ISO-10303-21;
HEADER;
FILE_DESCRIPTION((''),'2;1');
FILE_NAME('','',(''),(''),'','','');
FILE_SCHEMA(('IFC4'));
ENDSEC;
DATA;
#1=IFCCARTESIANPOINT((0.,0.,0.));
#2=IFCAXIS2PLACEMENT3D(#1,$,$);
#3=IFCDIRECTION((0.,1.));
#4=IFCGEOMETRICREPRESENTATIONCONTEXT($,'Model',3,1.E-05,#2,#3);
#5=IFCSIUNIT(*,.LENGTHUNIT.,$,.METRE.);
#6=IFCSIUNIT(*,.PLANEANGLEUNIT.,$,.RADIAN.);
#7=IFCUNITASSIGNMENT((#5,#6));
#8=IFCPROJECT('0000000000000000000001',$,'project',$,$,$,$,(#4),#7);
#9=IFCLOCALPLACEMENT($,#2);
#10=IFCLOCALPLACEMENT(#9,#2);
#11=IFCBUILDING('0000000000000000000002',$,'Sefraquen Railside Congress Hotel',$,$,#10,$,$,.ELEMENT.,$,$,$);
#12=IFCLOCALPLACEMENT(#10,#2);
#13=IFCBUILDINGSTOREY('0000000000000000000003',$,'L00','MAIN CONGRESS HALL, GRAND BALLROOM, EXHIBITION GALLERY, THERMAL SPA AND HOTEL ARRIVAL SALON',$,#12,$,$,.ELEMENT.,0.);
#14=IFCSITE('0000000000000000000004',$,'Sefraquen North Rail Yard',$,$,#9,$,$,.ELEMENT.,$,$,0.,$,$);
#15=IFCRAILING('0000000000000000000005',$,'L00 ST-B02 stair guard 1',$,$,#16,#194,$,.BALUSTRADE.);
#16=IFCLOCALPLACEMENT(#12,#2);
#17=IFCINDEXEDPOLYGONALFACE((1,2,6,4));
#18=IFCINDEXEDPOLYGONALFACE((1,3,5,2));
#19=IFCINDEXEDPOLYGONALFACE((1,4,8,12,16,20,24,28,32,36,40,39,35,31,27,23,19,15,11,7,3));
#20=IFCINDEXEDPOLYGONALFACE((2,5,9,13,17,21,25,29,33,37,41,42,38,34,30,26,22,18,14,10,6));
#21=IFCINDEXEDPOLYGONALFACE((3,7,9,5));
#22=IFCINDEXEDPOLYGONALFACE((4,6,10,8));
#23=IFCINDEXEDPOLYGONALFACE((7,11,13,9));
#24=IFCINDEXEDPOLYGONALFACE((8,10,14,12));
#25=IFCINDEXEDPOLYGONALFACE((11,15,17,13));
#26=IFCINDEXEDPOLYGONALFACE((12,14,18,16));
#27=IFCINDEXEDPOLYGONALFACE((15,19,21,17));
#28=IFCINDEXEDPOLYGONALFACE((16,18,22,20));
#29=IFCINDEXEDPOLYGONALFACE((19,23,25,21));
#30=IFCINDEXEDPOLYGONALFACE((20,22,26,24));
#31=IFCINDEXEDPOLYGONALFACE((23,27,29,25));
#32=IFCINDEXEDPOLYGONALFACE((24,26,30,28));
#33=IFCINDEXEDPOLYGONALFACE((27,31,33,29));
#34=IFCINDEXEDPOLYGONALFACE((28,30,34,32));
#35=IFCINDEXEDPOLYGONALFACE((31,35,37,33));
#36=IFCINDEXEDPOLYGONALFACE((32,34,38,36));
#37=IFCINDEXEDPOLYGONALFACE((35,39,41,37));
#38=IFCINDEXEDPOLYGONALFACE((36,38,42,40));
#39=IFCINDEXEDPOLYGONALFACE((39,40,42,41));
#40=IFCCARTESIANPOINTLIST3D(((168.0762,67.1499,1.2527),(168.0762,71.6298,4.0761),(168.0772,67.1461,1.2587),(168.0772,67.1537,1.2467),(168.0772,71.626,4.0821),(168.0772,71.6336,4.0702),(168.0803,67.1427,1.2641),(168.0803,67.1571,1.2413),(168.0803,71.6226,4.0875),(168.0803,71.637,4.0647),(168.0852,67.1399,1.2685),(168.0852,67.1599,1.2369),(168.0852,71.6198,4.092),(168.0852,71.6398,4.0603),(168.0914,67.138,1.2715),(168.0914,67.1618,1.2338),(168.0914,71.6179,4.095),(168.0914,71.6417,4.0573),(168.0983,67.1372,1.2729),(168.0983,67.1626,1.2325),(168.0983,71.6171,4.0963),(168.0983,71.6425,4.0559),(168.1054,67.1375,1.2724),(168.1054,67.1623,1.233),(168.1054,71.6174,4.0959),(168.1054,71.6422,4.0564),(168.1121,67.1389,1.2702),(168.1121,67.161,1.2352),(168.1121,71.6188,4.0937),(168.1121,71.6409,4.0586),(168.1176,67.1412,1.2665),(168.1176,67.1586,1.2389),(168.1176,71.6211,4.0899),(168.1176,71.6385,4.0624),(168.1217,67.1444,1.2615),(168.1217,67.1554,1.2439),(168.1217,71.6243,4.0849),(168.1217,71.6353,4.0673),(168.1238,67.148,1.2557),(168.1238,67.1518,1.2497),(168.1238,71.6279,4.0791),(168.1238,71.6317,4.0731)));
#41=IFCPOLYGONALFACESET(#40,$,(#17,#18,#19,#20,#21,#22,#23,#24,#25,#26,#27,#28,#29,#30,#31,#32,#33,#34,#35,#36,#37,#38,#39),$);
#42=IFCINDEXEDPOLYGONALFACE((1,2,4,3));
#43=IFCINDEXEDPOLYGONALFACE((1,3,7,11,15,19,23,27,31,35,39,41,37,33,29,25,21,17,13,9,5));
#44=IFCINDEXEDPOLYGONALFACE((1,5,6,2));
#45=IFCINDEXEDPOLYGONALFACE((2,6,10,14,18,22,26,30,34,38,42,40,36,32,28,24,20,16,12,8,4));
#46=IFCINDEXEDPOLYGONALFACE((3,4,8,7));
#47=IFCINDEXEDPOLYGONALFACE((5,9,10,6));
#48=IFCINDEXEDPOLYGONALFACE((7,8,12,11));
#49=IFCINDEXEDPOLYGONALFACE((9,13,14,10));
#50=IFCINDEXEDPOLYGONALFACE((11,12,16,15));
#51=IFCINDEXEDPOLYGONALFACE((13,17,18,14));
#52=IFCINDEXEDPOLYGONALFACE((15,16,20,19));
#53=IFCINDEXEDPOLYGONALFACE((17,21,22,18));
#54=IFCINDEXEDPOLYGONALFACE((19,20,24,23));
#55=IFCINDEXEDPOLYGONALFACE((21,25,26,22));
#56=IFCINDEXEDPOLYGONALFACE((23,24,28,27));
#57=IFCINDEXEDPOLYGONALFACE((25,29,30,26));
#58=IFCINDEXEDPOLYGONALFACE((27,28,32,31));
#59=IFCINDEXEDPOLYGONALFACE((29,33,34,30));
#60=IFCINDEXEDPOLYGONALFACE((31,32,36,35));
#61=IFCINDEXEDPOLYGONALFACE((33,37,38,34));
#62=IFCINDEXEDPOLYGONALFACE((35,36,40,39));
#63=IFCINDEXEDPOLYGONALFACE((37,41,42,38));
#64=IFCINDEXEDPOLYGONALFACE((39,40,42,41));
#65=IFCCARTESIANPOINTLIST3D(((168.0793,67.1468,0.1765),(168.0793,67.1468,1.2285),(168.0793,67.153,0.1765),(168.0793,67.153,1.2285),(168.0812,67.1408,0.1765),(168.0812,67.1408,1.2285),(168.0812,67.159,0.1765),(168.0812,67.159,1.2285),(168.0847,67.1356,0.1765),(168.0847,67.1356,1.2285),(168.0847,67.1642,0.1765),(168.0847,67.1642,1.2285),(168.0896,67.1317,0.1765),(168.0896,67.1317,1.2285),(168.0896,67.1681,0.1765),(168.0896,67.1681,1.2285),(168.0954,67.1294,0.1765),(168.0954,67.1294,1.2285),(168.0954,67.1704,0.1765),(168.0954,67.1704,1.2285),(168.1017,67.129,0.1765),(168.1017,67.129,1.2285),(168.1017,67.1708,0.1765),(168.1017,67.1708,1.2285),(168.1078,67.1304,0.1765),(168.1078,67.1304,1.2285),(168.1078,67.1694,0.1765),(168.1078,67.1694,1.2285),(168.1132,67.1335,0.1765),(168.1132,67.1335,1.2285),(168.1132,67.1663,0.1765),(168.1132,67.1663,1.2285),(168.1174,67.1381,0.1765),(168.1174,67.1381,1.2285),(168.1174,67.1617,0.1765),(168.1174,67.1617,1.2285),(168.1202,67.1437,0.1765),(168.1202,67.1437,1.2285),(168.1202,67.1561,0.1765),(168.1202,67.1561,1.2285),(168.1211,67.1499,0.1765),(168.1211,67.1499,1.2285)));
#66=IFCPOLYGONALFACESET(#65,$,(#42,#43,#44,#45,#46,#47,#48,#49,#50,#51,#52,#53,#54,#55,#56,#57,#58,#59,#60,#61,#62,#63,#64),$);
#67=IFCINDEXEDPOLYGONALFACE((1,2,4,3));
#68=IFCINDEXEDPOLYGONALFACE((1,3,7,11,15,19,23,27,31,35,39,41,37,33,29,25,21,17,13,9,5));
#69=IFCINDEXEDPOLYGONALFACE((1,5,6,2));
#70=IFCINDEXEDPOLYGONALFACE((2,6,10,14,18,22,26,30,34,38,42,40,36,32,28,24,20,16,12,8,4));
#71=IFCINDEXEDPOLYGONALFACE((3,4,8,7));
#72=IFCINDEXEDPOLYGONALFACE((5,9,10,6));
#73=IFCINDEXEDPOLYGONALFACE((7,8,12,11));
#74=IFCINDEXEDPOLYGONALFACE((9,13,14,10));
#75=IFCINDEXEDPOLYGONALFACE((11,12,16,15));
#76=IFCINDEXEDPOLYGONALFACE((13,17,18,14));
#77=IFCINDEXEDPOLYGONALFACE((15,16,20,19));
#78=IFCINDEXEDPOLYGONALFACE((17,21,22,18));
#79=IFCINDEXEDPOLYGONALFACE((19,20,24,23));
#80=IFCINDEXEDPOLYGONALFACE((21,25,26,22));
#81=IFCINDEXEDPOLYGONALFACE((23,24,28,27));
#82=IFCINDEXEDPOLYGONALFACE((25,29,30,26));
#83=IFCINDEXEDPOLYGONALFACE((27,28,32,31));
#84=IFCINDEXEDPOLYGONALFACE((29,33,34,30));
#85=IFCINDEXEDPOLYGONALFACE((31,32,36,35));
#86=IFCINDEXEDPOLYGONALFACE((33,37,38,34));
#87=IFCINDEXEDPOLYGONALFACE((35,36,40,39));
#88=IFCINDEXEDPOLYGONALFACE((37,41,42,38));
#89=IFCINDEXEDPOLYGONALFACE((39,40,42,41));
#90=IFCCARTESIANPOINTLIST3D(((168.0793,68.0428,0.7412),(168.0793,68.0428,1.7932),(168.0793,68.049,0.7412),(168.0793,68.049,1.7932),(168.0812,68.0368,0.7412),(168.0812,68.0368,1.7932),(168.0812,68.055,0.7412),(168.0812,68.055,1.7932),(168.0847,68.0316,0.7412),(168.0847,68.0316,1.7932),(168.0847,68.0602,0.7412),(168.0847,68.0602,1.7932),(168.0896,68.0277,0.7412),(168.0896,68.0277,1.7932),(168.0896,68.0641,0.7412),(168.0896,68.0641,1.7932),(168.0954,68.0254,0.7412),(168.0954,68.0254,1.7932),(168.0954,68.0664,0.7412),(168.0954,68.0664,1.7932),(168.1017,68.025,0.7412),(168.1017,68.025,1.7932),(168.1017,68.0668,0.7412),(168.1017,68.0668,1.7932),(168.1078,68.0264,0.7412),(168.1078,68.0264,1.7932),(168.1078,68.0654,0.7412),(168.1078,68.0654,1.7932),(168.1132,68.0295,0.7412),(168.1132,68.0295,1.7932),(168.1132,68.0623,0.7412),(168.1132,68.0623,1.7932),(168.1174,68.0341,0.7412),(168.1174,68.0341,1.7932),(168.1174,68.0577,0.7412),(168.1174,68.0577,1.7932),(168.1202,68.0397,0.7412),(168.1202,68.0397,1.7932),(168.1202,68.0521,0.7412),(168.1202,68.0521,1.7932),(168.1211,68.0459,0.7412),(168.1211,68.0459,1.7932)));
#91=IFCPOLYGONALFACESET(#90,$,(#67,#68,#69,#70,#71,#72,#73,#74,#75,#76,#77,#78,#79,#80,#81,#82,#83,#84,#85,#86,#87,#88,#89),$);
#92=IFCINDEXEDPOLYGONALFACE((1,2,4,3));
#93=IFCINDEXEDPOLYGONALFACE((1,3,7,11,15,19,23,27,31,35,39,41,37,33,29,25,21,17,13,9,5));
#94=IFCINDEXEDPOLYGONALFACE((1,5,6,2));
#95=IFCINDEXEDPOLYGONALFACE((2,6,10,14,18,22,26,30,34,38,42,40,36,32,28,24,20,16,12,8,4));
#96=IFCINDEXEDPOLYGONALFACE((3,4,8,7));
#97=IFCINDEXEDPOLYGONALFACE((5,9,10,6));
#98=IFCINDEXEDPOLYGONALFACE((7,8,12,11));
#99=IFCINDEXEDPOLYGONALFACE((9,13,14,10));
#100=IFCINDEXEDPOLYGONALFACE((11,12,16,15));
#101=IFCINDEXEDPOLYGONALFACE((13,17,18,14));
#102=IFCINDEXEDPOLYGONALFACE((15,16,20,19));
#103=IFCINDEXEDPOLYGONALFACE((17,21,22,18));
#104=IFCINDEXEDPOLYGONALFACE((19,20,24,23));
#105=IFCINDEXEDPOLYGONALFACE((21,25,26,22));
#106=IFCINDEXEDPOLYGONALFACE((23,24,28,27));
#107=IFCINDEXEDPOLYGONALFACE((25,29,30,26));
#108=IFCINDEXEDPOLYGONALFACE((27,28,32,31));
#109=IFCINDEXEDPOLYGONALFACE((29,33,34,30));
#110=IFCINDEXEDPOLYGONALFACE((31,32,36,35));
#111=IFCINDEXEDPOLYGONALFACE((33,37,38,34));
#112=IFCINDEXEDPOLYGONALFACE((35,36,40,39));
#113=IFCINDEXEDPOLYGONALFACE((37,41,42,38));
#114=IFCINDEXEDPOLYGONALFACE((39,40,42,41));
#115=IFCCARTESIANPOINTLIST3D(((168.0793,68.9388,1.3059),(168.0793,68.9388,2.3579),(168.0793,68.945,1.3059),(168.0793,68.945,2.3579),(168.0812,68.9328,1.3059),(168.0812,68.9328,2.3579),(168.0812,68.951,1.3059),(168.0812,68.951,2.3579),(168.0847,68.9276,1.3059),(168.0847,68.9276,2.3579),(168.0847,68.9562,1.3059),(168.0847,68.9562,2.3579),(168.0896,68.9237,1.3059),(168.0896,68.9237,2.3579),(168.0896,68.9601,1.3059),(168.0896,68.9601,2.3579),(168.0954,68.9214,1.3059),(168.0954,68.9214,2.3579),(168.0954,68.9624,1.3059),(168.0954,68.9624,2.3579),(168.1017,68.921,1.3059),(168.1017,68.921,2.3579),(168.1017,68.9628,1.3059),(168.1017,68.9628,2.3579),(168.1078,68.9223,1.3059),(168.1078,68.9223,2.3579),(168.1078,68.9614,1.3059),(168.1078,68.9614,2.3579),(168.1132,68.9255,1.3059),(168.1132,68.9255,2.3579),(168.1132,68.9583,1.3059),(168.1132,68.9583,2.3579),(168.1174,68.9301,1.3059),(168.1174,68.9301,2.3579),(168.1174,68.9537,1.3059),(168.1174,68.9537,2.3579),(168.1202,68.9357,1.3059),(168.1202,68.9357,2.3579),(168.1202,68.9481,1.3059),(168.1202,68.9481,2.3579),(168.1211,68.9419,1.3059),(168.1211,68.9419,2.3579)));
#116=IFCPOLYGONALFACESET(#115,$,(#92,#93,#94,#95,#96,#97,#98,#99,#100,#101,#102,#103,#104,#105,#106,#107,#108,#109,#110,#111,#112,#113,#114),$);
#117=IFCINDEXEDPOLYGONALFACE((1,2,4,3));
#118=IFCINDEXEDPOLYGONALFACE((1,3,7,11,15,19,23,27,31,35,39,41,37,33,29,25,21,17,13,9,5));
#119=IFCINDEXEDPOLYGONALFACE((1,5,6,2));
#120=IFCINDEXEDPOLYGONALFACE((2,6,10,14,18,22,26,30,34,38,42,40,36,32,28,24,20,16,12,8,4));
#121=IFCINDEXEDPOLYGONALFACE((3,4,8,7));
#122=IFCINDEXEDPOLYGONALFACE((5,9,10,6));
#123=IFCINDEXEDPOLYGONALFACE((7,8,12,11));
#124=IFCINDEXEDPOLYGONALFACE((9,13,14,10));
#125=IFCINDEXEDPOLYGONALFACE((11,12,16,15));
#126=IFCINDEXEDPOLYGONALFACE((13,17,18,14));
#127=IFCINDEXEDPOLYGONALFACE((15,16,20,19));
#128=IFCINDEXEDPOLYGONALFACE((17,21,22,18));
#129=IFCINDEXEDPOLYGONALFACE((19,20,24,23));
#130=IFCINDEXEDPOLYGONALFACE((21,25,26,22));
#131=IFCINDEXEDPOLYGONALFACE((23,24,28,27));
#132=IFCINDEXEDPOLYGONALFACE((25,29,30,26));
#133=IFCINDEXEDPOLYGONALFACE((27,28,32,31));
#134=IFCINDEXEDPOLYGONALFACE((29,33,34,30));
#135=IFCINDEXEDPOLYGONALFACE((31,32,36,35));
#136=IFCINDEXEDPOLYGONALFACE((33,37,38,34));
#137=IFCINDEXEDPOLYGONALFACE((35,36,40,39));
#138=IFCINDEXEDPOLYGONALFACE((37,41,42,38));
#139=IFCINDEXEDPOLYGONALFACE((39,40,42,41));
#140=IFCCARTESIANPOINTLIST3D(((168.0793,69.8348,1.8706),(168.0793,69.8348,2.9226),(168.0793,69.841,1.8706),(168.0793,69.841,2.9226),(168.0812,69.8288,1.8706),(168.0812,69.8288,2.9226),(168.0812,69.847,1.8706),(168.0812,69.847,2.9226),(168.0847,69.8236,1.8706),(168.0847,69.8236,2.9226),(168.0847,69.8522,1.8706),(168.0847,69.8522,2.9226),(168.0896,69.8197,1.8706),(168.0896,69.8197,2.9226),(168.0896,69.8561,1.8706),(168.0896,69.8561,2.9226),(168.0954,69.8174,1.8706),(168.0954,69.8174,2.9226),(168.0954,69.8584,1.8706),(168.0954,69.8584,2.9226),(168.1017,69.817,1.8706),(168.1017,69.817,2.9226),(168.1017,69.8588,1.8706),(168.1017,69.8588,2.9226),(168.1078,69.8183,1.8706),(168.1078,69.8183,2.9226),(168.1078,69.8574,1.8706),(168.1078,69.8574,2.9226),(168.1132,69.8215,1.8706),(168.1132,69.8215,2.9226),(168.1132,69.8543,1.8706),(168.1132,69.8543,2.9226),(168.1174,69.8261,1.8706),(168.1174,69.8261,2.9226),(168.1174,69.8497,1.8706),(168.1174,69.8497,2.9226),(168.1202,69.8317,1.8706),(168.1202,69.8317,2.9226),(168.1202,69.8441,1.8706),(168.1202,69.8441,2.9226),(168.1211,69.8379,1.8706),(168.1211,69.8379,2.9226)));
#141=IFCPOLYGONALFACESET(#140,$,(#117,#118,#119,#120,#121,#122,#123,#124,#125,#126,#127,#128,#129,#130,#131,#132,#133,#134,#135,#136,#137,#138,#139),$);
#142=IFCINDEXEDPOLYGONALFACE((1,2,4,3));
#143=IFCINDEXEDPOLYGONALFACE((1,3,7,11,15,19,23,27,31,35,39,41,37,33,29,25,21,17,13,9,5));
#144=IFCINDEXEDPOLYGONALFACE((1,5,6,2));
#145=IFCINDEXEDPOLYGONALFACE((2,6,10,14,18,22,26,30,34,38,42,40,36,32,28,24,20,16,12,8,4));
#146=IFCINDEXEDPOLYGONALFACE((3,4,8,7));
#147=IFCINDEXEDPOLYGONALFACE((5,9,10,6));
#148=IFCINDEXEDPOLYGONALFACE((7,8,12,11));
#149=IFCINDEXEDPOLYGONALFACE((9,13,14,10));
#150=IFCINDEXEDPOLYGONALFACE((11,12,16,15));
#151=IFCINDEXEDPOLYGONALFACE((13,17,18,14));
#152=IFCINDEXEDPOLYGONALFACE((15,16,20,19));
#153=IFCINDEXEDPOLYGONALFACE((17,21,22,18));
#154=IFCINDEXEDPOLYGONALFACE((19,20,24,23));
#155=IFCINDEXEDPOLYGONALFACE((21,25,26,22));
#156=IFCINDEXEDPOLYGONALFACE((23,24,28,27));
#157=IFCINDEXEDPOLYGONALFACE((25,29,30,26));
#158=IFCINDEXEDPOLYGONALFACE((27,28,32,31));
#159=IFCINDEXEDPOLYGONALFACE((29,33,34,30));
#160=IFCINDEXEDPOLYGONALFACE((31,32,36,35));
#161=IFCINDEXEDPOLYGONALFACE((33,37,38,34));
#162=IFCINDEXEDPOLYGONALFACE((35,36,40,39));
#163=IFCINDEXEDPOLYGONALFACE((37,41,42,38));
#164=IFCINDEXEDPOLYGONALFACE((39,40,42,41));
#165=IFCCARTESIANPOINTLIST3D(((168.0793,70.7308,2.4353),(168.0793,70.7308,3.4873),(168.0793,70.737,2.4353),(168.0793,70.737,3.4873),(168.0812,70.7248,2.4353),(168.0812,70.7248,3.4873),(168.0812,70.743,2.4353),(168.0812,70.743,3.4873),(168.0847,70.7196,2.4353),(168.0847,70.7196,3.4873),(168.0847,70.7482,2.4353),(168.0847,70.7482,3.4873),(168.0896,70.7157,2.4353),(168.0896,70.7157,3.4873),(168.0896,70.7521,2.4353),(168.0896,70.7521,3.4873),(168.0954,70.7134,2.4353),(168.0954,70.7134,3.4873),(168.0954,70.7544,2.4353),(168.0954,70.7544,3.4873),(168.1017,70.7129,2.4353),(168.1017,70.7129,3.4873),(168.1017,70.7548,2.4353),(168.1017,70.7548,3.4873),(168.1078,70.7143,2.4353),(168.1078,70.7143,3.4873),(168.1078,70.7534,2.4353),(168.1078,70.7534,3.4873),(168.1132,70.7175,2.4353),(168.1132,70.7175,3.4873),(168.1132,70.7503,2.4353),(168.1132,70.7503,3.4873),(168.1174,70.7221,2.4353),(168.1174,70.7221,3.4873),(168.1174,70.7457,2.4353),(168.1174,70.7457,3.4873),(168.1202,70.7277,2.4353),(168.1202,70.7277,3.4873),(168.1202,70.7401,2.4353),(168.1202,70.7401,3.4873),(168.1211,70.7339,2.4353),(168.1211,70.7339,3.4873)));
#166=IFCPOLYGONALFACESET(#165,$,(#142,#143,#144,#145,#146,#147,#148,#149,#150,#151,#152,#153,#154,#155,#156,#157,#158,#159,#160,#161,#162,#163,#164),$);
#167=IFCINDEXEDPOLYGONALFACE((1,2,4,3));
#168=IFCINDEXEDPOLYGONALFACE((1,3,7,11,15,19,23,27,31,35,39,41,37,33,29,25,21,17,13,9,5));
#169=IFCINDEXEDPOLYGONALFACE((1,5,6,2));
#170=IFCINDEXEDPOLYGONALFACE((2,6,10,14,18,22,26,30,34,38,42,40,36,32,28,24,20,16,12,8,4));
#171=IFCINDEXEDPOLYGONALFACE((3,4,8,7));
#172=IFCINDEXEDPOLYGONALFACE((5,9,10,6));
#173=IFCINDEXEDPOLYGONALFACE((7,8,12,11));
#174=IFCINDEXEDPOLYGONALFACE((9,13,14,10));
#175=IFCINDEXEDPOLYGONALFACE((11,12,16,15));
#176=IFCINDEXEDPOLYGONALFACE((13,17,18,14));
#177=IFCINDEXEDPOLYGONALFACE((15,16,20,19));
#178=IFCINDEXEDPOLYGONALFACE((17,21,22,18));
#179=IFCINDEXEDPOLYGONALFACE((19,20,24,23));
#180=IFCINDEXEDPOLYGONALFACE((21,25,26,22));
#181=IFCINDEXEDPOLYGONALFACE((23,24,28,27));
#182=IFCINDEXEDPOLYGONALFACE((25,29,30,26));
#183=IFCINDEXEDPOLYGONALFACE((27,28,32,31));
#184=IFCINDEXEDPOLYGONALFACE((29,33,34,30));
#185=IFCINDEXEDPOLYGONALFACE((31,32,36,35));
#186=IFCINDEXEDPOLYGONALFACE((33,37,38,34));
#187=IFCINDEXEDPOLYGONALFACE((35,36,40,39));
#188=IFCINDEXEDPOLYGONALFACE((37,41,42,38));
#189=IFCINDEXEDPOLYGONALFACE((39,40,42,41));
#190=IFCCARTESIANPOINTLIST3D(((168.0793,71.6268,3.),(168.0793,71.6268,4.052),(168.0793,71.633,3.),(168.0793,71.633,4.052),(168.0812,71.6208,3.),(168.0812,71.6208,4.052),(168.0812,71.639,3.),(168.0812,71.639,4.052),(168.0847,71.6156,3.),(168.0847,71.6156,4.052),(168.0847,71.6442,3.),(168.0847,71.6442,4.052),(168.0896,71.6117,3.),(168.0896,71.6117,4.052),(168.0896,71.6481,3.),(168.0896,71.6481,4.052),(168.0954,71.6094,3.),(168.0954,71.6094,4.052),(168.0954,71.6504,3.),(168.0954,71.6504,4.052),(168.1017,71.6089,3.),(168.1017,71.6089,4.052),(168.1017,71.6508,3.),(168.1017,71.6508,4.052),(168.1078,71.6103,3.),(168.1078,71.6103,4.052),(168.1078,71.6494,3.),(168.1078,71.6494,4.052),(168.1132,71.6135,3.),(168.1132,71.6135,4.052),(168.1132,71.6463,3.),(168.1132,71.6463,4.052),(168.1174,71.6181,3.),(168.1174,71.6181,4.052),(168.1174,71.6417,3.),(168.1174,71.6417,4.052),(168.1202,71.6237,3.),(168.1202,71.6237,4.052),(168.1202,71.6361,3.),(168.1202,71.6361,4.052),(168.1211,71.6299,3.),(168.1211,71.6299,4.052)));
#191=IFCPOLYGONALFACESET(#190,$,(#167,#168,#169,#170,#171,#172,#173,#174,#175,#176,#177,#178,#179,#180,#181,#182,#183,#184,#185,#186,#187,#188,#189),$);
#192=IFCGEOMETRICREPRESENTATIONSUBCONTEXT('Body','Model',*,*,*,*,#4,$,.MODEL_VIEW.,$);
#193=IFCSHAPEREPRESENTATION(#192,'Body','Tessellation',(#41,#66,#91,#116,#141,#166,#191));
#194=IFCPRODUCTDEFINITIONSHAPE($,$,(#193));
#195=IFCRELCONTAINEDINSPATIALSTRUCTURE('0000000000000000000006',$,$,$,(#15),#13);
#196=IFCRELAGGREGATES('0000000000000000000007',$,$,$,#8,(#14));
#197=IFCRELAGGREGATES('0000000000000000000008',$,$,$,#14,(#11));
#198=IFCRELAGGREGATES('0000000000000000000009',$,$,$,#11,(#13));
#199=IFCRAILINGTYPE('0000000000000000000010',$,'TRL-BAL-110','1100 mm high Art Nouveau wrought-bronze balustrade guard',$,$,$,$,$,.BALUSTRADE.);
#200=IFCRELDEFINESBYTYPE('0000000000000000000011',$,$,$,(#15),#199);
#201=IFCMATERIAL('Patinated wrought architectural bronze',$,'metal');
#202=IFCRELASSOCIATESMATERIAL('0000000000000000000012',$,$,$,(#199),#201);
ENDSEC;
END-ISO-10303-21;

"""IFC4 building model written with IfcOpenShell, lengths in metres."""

from ifc_helpers import new_model, si_unit, direction, frame, origin, origin_2d, place, context, subcontext, project, spatial, circle, extrude, material, type_object, element, save


model = new_model("IFC4")

# Units and contexts
model_context = context("Model", 3, precision=1e-05, world=origin(), true_north=direction((0.0, 1.0)))
body_context = subcontext(model_context, "Body", "Model", "MODEL_VIEW")
ifc_project = project(units=[si_unit("LENGTHUNIT", "METRE"), si_unit("PLANEANGLEUNIT", "RADIAN")], contexts=[model_context])

# Site, building, storey
site_placement = place(None, origin())
site = spatial("IfcSite", under=ifc_project, at=site_placement, Name="Sefraquen North Rail Yard", CompositionType="ELEMENT", RefElevation=0.0)
building_placement = place(site_placement, origin())
building = spatial("IfcBuilding", under=site, at=building_placement, Name="Sefraquen Railside Congress Hotel", CompositionType="ELEMENT")
storey_placement = place(building_placement, origin())
storey = spatial("IfcBuildingStorey", under=building, at=storey_placement, Name="L00", Description="MAIN CONGRESS HALL, GRAND BALLROOM, EXHIBITION GALLERY, THERMAL SPA AND HOTEL ARRIVAL SALON", CompositionType="ELEMENT", Elevation=0.0)

# Railing
ifc_material_1 = material(Name="Patinated wrought architectural bronze", Category="metal")
railing_type_1 = type_object("IfcRailingType", Name="TRL-BAL-110", Description="1100 mm high Art Nouveau wrought-bronze balustrade guard", PredefinedType="BALUSTRADE", material=ifc_material_1)
railing_1_placement = place(storey_placement, frame((168.1001, 67.1499, 0.1765)))
element("IfcRailing", 1, at=railing_1_placement, inside=storey, type_object=railing_type_1, Name="L00 ST-B02 stair guard 1", PredefinedType="BALUSTRADE", context=body_context, shape_type="SweptSolid", body=[
    extrude(circle(Radius=0.0239, at=origin_2d()), frame((0.0, 0.0, 1.0762), z_axis=(0.0, 0.845998, 0.533186), x_axis=(-1.0, 0.0, 0.0)), (0.0, 0.0, 1.0), 5.2954),
    extrude(circle(Radius=0.021, at=origin_2d()), origin(), (0.0, 0.0, 1.0), 1.052),
    extrude(circle(Radius=0.021, at=origin_2d()), frame((0.0, 0.896, 0.5647)), (0.0, 0.0, 1.0), 1.052),
    extrude(circle(Radius=0.021, at=origin_2d()), frame((0.0, 1.792, 1.1294)), (0.0, 0.0, 1.0), 1.052),
    extrude(circle(Radius=0.021, at=origin_2d()), frame((0.0, 2.688, 1.6941)), (0.0, 0.0, 1.0), 1.052),
    extrude(circle(Radius=0.021, at=origin_2d()), frame((0.0, 3.584, 2.2588)), (0.0, 0.0, 1.0), 1.052),
    extrude(circle(Radius=0.021, at=origin_2d()), frame((0.0, 4.48, 2.8235)), (0.0, 0.0, 1.0), 1.052),
])

save(model, "model.ifc")
